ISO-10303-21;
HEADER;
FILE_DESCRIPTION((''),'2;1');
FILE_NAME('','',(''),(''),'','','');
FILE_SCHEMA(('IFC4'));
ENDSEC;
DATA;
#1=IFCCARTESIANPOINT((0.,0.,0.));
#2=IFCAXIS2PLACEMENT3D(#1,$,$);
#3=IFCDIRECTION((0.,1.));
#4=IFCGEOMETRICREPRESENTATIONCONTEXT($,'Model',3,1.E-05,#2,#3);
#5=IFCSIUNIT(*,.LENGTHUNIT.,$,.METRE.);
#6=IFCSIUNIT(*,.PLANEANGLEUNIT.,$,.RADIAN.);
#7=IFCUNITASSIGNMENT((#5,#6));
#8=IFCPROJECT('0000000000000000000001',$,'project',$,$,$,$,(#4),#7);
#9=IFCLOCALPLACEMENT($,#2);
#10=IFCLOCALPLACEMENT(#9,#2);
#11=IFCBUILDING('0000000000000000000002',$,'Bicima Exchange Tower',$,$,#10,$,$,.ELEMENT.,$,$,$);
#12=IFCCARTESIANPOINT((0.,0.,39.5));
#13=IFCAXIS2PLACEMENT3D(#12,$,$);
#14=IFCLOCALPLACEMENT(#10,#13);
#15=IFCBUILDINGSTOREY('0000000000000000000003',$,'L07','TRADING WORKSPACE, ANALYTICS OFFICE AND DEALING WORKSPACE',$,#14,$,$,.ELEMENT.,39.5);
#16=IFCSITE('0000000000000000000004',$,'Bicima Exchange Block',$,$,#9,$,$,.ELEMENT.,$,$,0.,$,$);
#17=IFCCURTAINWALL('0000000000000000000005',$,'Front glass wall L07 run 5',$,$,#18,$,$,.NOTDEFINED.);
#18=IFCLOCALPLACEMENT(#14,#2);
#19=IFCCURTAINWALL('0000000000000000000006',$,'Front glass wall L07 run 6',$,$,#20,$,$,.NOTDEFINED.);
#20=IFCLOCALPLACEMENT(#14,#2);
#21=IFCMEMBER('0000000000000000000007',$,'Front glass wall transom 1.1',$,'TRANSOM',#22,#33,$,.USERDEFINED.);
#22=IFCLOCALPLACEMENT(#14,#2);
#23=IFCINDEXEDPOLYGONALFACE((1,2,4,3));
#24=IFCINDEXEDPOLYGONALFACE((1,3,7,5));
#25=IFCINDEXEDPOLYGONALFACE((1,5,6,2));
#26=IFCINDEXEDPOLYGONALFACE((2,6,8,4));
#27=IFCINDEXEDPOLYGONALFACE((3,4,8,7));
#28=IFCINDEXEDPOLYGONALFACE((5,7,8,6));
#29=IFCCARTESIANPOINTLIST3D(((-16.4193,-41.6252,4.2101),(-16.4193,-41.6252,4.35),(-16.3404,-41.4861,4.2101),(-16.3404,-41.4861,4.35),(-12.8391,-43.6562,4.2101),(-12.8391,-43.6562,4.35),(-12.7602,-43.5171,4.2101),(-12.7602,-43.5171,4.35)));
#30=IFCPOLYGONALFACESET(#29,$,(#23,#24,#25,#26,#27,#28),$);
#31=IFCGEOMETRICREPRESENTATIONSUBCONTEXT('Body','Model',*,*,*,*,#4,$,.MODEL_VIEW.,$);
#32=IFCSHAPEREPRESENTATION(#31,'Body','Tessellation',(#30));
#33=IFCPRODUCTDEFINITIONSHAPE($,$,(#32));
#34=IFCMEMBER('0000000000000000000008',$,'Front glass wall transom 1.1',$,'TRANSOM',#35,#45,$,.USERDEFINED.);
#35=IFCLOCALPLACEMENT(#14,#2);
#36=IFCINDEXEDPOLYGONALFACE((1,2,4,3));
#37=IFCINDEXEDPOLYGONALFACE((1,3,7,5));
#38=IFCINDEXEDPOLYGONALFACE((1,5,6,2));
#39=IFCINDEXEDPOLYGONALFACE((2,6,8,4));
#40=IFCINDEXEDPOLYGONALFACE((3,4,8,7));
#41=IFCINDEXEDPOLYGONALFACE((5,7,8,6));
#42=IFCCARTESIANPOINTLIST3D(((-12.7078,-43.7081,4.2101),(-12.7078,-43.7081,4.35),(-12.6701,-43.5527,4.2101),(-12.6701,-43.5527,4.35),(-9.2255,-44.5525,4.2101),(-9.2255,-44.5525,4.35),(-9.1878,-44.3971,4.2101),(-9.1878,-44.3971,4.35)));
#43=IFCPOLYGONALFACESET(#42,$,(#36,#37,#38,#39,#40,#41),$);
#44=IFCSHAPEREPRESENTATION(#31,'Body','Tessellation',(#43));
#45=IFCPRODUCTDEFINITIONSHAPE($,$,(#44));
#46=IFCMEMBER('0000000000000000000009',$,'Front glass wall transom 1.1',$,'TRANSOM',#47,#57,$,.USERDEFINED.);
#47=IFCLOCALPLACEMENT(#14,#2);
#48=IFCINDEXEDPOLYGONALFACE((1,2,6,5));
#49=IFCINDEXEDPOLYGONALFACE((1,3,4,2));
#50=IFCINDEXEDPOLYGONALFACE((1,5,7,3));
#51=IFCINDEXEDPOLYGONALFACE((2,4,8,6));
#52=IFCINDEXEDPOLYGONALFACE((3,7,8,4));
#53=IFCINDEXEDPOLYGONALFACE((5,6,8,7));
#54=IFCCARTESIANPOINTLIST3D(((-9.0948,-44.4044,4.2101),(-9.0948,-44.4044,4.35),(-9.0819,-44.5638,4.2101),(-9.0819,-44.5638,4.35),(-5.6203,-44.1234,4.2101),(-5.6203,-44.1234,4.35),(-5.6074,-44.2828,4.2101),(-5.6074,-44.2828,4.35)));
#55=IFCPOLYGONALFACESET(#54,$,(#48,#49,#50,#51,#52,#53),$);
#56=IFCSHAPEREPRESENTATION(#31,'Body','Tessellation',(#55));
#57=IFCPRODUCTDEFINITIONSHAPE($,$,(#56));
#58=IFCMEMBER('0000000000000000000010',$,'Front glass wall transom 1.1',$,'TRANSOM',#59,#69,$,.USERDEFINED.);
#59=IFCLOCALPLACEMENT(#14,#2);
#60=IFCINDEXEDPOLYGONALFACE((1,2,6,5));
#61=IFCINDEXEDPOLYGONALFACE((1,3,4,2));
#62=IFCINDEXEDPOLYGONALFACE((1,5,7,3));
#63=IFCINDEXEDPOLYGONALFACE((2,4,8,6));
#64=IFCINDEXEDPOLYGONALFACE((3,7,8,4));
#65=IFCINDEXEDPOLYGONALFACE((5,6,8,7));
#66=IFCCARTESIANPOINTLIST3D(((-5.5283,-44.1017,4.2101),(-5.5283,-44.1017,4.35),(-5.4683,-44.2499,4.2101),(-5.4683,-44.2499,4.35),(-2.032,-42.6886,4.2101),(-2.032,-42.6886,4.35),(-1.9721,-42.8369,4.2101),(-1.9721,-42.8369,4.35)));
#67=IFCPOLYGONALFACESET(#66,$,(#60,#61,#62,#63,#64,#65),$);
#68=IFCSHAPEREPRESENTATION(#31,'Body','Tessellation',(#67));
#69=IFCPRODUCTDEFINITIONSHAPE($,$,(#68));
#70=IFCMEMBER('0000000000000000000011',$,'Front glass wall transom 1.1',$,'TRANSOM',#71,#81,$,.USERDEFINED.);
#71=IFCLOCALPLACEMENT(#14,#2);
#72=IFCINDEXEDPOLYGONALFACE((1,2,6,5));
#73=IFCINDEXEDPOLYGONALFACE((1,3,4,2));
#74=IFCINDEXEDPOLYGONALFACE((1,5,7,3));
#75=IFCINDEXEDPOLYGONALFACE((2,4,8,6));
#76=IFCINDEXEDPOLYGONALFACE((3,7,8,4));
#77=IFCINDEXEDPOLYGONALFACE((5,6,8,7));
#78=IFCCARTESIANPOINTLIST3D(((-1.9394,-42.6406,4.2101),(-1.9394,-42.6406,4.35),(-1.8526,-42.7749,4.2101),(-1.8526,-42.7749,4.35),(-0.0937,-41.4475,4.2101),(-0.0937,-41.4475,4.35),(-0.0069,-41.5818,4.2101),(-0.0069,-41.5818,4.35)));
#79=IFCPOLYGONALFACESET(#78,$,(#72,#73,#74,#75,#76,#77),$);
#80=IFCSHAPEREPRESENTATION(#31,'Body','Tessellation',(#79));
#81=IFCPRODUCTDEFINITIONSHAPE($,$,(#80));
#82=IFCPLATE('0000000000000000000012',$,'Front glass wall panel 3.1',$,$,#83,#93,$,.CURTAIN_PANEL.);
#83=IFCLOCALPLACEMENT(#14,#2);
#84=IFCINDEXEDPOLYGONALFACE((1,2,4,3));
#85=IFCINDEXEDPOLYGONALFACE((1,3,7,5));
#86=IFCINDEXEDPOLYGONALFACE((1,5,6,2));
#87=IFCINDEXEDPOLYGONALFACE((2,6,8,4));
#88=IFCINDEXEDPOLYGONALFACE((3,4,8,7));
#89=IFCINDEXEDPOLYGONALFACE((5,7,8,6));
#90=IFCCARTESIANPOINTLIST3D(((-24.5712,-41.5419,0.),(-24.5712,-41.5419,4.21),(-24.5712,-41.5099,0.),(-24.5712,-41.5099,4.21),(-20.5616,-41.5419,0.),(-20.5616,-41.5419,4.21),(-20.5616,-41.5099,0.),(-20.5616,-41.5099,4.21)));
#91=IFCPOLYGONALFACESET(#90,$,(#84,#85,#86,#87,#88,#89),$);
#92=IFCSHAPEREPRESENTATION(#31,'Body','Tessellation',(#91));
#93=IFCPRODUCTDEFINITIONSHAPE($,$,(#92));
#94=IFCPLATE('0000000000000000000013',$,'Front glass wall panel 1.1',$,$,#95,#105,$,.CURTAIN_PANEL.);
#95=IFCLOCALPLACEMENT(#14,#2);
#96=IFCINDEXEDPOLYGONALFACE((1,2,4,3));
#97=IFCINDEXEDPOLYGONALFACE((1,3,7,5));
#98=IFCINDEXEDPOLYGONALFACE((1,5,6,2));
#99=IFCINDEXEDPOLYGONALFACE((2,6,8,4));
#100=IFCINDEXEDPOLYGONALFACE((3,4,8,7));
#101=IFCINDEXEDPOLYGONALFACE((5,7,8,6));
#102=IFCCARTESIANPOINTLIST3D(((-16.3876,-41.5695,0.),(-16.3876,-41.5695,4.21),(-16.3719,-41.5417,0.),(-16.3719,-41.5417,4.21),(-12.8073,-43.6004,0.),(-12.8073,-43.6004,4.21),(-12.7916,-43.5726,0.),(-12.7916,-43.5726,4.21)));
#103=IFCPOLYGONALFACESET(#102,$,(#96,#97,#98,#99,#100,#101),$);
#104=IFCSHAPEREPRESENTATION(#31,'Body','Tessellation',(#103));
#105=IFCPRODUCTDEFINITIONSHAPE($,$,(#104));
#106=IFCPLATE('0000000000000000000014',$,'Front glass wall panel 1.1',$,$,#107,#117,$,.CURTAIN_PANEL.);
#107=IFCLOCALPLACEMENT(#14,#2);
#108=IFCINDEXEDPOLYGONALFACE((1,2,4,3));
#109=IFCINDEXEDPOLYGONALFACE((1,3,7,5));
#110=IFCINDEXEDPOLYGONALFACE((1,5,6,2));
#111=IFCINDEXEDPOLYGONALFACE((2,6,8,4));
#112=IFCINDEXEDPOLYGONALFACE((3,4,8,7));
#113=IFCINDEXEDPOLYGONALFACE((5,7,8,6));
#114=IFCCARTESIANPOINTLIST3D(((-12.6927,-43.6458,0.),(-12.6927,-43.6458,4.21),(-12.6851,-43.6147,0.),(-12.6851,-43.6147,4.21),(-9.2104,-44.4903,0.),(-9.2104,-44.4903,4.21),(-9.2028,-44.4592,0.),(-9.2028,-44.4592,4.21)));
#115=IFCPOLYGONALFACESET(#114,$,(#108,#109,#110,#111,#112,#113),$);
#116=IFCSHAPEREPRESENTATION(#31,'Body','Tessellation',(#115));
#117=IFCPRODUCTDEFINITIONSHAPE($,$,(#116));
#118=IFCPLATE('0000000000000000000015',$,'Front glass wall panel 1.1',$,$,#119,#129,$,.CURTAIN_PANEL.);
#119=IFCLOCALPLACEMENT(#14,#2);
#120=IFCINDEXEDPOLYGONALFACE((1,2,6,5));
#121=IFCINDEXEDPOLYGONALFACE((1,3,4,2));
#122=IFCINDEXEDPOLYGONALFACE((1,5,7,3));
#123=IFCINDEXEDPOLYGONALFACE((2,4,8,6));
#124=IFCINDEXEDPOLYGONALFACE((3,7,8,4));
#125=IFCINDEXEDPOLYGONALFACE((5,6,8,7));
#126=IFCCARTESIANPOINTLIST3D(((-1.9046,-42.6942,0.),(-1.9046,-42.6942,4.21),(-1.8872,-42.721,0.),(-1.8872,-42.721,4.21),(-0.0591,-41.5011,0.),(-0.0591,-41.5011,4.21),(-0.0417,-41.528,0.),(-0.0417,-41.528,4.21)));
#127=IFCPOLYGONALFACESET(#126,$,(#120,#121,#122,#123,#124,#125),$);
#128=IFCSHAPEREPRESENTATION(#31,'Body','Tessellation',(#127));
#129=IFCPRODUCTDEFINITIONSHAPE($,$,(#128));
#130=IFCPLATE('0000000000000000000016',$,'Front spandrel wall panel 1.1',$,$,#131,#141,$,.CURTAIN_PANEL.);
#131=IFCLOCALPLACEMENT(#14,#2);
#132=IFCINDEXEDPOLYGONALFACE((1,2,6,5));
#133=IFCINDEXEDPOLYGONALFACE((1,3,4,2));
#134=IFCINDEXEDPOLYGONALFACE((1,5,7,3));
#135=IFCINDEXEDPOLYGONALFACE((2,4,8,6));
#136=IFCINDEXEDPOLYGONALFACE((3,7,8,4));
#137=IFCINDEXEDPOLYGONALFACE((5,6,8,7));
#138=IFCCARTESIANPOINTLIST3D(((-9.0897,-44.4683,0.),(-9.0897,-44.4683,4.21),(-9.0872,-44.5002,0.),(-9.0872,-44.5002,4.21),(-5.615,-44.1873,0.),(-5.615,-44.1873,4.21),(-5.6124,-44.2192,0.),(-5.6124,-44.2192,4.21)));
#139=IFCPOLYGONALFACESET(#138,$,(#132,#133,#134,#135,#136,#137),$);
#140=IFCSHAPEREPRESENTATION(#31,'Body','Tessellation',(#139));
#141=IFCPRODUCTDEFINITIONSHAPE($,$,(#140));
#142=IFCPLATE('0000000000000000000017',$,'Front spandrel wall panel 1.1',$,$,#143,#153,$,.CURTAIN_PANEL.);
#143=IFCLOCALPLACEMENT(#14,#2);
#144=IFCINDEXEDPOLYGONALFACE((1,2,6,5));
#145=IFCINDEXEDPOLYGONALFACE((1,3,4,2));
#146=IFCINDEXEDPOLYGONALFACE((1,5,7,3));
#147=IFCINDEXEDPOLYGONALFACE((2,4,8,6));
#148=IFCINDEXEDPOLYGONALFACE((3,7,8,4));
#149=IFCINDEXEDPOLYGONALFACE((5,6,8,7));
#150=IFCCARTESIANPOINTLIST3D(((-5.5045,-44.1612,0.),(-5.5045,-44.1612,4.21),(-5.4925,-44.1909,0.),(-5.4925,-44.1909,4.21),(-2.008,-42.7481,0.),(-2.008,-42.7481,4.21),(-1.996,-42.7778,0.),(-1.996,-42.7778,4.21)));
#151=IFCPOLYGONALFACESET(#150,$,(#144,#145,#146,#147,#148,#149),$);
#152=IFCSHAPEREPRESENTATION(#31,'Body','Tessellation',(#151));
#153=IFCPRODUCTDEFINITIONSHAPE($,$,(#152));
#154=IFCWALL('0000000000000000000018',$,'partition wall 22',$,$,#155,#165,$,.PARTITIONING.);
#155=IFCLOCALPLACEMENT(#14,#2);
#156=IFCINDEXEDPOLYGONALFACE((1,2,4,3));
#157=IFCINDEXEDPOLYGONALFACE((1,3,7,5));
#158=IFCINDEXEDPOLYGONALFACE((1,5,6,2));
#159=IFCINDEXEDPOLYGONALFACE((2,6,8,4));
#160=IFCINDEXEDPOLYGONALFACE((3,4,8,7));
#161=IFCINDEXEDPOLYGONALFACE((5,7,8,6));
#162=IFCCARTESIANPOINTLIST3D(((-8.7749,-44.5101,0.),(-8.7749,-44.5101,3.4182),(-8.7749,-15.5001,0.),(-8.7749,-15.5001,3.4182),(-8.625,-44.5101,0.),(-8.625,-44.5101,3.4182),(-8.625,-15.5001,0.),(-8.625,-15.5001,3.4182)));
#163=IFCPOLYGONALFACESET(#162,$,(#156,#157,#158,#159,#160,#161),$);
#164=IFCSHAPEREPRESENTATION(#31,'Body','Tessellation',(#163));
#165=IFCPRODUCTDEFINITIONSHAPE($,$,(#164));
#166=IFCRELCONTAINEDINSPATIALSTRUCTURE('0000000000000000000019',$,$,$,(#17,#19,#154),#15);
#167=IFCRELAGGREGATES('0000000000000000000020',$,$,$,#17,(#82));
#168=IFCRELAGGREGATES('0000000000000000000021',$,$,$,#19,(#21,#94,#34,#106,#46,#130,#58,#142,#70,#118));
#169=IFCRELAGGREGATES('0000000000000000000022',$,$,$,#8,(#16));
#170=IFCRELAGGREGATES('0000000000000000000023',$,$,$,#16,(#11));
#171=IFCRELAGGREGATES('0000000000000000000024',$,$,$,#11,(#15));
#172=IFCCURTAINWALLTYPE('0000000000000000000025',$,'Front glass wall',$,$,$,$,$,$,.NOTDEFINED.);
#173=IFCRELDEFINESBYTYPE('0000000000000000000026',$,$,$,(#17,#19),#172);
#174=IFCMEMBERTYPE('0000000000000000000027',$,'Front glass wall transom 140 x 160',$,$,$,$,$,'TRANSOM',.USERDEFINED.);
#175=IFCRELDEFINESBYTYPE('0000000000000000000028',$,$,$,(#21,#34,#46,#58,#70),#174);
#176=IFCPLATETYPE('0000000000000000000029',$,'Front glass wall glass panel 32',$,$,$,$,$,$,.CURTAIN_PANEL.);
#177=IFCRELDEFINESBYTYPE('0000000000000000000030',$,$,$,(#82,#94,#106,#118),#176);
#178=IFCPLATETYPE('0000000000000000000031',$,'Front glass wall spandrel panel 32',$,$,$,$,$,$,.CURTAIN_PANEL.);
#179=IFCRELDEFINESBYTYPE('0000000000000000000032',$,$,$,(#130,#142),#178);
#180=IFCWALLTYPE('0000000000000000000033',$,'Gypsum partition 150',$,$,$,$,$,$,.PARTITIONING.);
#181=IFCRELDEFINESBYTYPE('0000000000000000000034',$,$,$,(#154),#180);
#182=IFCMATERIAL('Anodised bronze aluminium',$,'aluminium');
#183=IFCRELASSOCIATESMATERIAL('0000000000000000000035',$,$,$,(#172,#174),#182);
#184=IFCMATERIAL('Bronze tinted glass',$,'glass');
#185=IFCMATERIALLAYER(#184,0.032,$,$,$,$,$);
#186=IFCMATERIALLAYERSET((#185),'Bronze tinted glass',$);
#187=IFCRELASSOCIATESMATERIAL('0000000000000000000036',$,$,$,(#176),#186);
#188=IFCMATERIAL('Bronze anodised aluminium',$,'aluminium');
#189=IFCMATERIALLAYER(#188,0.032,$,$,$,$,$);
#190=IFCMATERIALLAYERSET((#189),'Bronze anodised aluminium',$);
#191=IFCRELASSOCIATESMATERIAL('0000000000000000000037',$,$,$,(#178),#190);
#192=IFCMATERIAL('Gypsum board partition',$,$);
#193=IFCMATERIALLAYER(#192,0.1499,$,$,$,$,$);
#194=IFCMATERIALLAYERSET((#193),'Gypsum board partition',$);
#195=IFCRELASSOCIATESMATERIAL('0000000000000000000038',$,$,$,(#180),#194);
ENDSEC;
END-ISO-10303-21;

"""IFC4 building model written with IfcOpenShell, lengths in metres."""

from ifc_helpers import new_model, si_unit, direction, frame, frame_2d, origin, origin_2d, place, context, subcontext, project, spatial, rectangle, extrude, material, layer, layer_set, material_profile, profile_set, type_object, element, aggregate, save


model = new_model("IFC4")

# Units and contexts
model_context = context("Model", 3, precision=1e-05, world=origin(), true_north=direction((0.0, 1.0)))
body_context = subcontext(model_context, "Body", "Model", "MODEL_VIEW")
ifc_project = project(units=[si_unit("LENGTHUNIT", "METRE"), si_unit("PLANEANGLEUNIT", "RADIAN")], contexts=[model_context])

# Site, building, storey
site_placement = place(None, origin())
site = spatial("IfcSite", under=ifc_project, at=site_placement, Name="Bicima Exchange Block", CompositionType="ELEMENT", RefElevation=0.0)
building_placement = place(site_placement, origin())
building = spatial("IfcBuilding", under=site, at=building_placement, Name="Bicima Exchange Tower", CompositionType="ELEMENT")
storey_placement = place(building_placement, frame((0.0, 0.0, 39.5)))
storey = spatial("IfcBuildingStorey", under=building, at=storey_placement, Name="L07", Description="TRADING WORKSPACE, ANALYTICS OFFICE AND DEALING WORKSPACE", CompositionType="ELEMENT", Elevation=39.5)

# Curtain wall
ifc_material_1 = material(Name="Anodised bronze aluminium", Category="aluminium")
curtain_wall_type = type_object("IfcCurtainWallType", Name="Front glass wall", PredefinedType="NOTDEFINED", material=ifc_material_1)
curtain_wall_1_placement = place(storey_placement, origin())
curtain_wall_1 = element("IfcCurtainWall", 1, at=curtain_wall_1_placement, inside=storey, type_object=curtain_wall_type, Name="Front glass wall L07 run 5", PredefinedType="NOTDEFINED")

# Curtain wall
curtain_wall_2_placement = place(storey_placement, origin())
curtain_wall_2 = element("IfcCurtainWall", 2, at=curtain_wall_2_placement, inside=storey, type_object=curtain_wall_type, Name="Front glass wall L07 run 6", PredefinedType="NOTDEFINED")

# Members
ifc_material_profile_1 = material_profile(ifc_material_1, rectangle(XDim=0.1599, YDim=0.1399, at=origin_2d()))
ifc_profile_set_1 = profile_set([ifc_material_profile_1], Name="Anodised bronze aluminium")
member_type_1 = type_object("IfcMemberType", Name="Front glass wall transom 140 x 160", ElementType="TRANSOM", PredefinedType="USERDEFINED", material=ifc_profile_set_1)
member_1_placement = place(storey_placement, frame((-16.3799, -41.5557, 4.28), z_axis=(0.869797, -0.493409, 0.0), x_axis=(0.493409, 0.869797, 0.0)))
member_1 = element("IfcMember", 3, at=member_1_placement, type_object=member_type_1, Name="Front glass wall transom 1.1", ObjectType="TRANSOM", PredefinedType="USERDEFINED", context=body_context, shape_type="SweptSolid", body=[
    extrude(rectangle(XDim=0.1599, YDim=0.1399, at=origin_2d()), origin(), (0.0, 0.0, 1.0), 4.1162),
])
member_2_placement = place(storey_placement, frame((-12.689, -43.6304, 4.28), z_axis=(0.971834, -0.235668, 0.0), x_axis=(0.235668, 0.971834, 0.0)))
member_2 = element("IfcMember", 4, at=member_2_placement, type_object=member_type_1, Name="Front glass wall transom 1.1", ObjectType="TRANSOM", PredefinedType="USERDEFINED", context=body_context, shape_type="SweptSolid", body=[
    extrude(rectangle(XDim=0.1599, YDim=0.1399, at=origin_2d()), origin(), (0.0, 0.0, 1.0), 3.5833),
])
member_3_placement = place(storey_placement, frame((-9.0884, -44.4841, 4.28), z_axis=(0.996746, 0.080611, 0.0), x_axis=(-0.080611, 0.996746, 0.0)))
member_3 = element("IfcMember", 5, at=member_3_placement, type_object=member_type_1, Name="Front glass wall transom 1.1", ObjectType="TRANSOM", PredefinedType="USERDEFINED", context=body_context, shape_type="SweptSolid", body=[
    extrude(rectangle(XDim=0.1599, YDim=0.1399, at=origin_2d()), origin(), (0.0, 0.0, 1.0), 3.4858),
])
member_4_placement = place(storey_placement, frame((-5.4983, -44.1758, 4.28), z_axis=(0.92714, 0.374715, 0.0), x_axis=(-0.374715, 0.92714, 0.0)))
member_4 = element("IfcMember", 6, at=member_4_placement, type_object=member_type_1, Name="Front glass wall transom 1.1", ObjectType="TRANSOM", PredefinedType="USERDEFINED", context=body_context, shape_type="SweptSolid", body=[
    extrude(rectangle(XDim=0.1599, YDim=0.1399, at=origin_2d()), origin(), (0.0, 0.0, 1.0), 3.771),
])
member_5_placement = place(storey_placement, frame((-1.896, -42.7078, 4.28), z_axis=(0.839811, 0.542878, 0.0), x_axis=(-0.542878, 0.839811, 0.0)))
member_5 = element("IfcMember", 7, at=member_5_placement, type_object=member_type_1, Name="Front glass wall transom 1.1", ObjectType="TRANSOM", PredefinedType="USERDEFINED", context=body_context, shape_type="SweptSolid", body=[
    extrude(rectangle(XDim=0.1599, YDim=0.1399, at=origin_2d()), origin(), (0.0, 0.0, 1.0), 2.1978),
])

# Plates
ifc_material_2 = material(Name="Bronze tinted glass", Category="glass")
ifc_layer_1 = layer(ifc_material_2, 0.032)
ifc_layer_set_1 = layer_set([ifc_layer_1], Name="Bronze tinted glass")
plate_type_1 = type_object("IfcPlateType", Name="Front glass wall glass panel 32", PredefinedType="CURTAIN_PANEL", material=ifc_layer_set_1)
plate_1_placement = place(storey_placement, frame((-22.5664, -41.5259, 0.0), z_axis=(0.0, 0.0, 1.0), x_axis=(1.0, 0.0, 0.0)))
plate_1 = element("IfcPlate", 8, at=plate_1_placement, type_object=plate_type_1, Name="Front glass wall panel 3.1", PredefinedType="CURTAIN_PANEL", context=body_context, shape_type="SweptSolid", body=[
    extrude(rectangle(XDim=4.0095, YDim=0.032, at=origin_2d()), origin(), (0.0, 0.0, 1.0), 4.21),
])
aggregate(curtain_wall_1, [plate_1])
plate_2_placement = place(storey_placement, frame((-14.5896, -42.571, 0.0), z_axis=(0.0, 0.0, 1.0), x_axis=(0.869805, -0.493395, 0.0)))
plate_2 = element("IfcPlate", 9, at=plate_2_placement, type_object=plate_type_1, Name="Front glass wall panel 1.1", PredefinedType="CURTAIN_PANEL", context=body_context, shape_type="SweptSolid", body=[
    extrude(rectangle(XDim=4.1162, YDim=0.032, at=origin_2d()), origin(), (0.0, 0.0, 1.0), 4.21),
])
plate_3_placement = place(storey_placement, frame((-10.9478, -44.0525, 0.0), z_axis=(0.0, 0.0, 1.0), x_axis=(0.97183, -0.235682, 0.0)))
plate_3 = element("IfcPlate", 10, at=plate_3_placement, type_object=plate_type_1, Name="Front glass wall panel 1.1", PredefinedType="CURTAIN_PANEL", context=body_context, shape_type="SweptSolid", body=[
    extrude(rectangle(XDim=3.5833, YDim=0.032, at=origin_2d()), origin(), (0.0, 0.0, 1.0), 4.21),
])
plate_4_placement = place(storey_placement, frame((-0.9731, -42.1111, 0.0), z_axis=(0.0, 0.0, 1.0), x_axis=(0.839799, 0.542897, 0.0)))
plate_4 = element("IfcPlate", 11, at=plate_4_placement, type_object=plate_type_1, Name="Front glass wall panel 1.1", PredefinedType="CURTAIN_PANEL", context=body_context, shape_type="SweptSolid", body=[
    extrude(rectangle(XDim=2.1975, YDim=0.032, at=origin_2d()), origin(), (0.0, 0.0, 1.0), 4.21),
])
ifc_material_3 = material(Name="Bronze anodised aluminium", Category="aluminium")
ifc_layer_2 = layer(ifc_material_3, 0.032)
ifc_layer_set_2 = layer_set([ifc_layer_2], Name="Bronze anodised aluminium")
plate_type_2 = type_object("IfcPlateType", Name="Front glass wall spandrel panel 32", PredefinedType="CURTAIN_PANEL", material=ifc_layer_set_2)
plate_5_placement = place(storey_placement, frame((-7.3511, -44.3438, 0.0), z_axis=(0.0, 0.0, 1.0), x_axis=(0.996747, 0.080589, 0.0)))
plate_5 = element("IfcPlate", 12, at=plate_5_placement, type_object=plate_type_2, Name="Front spandrel wall panel 1.1", PredefinedType="CURTAIN_PANEL", context=body_context, shape_type="SweptSolid", body=[
    extrude(rectangle(XDim=3.4861, YDim=0.032, at=origin_2d()), origin(), (0.0, 0.0, 1.0), 4.21),
])
plate_6_placement = place(storey_placement, frame((-3.7502, -43.4695, 0.0), z_axis=(0.0, 0.0, 1.0), x_axis=(0.927144, 0.374705, 0.0)))
plate_6 = element("IfcPlate", 13, at=plate_6_placement, type_object=plate_type_2, Name="Front spandrel wall panel 1.1", PredefinedType="CURTAIN_PANEL", context=body_context, shape_type="SweptSolid", body=[
    extrude(rectangle(XDim=3.7712, YDim=0.032, at=origin_2d()), origin(), (0.0, 0.0, 1.0), 4.21),
])
aggregate(curtain_wall_2, [member_1, plate_2, member_2, plate_3, member_3, plate_5, member_4, plate_6, member_5, plate_4])

# Wall
ifc_material_4 = material(Name="Gypsum board partition")
ifc_layer_3 = layer(ifc_material_4, 0.1499)
ifc_layer_set_3 = layer_set([ifc_layer_3], Name="Gypsum board partition")
wall_type = type_object("IfcWallType", Name="Gypsum partition 150", PredefinedType="PARTITIONING", material=ifc_layer_set_3)
wall_placement = place(storey_placement, frame((-8.7, -44.51, 0.0), z_axis=(0.0, 0.0, 1.0), x_axis=(0.0, 1.0, 0.0)))
element("IfcWall", 14, at=wall_placement, inside=storey, type_object=wall_type, Name="partition wall 22", PredefinedType="PARTITIONING", context=body_context, shape_type="SweptSolid", body=[
    extrude(rectangle(XDim=29.01, YDim=0.1499, at=frame_2d((14.5049, 0.0))), origin(), (0.0, 0.0, 1.0), 3.4182),
])

save(model, "model.ifc")
